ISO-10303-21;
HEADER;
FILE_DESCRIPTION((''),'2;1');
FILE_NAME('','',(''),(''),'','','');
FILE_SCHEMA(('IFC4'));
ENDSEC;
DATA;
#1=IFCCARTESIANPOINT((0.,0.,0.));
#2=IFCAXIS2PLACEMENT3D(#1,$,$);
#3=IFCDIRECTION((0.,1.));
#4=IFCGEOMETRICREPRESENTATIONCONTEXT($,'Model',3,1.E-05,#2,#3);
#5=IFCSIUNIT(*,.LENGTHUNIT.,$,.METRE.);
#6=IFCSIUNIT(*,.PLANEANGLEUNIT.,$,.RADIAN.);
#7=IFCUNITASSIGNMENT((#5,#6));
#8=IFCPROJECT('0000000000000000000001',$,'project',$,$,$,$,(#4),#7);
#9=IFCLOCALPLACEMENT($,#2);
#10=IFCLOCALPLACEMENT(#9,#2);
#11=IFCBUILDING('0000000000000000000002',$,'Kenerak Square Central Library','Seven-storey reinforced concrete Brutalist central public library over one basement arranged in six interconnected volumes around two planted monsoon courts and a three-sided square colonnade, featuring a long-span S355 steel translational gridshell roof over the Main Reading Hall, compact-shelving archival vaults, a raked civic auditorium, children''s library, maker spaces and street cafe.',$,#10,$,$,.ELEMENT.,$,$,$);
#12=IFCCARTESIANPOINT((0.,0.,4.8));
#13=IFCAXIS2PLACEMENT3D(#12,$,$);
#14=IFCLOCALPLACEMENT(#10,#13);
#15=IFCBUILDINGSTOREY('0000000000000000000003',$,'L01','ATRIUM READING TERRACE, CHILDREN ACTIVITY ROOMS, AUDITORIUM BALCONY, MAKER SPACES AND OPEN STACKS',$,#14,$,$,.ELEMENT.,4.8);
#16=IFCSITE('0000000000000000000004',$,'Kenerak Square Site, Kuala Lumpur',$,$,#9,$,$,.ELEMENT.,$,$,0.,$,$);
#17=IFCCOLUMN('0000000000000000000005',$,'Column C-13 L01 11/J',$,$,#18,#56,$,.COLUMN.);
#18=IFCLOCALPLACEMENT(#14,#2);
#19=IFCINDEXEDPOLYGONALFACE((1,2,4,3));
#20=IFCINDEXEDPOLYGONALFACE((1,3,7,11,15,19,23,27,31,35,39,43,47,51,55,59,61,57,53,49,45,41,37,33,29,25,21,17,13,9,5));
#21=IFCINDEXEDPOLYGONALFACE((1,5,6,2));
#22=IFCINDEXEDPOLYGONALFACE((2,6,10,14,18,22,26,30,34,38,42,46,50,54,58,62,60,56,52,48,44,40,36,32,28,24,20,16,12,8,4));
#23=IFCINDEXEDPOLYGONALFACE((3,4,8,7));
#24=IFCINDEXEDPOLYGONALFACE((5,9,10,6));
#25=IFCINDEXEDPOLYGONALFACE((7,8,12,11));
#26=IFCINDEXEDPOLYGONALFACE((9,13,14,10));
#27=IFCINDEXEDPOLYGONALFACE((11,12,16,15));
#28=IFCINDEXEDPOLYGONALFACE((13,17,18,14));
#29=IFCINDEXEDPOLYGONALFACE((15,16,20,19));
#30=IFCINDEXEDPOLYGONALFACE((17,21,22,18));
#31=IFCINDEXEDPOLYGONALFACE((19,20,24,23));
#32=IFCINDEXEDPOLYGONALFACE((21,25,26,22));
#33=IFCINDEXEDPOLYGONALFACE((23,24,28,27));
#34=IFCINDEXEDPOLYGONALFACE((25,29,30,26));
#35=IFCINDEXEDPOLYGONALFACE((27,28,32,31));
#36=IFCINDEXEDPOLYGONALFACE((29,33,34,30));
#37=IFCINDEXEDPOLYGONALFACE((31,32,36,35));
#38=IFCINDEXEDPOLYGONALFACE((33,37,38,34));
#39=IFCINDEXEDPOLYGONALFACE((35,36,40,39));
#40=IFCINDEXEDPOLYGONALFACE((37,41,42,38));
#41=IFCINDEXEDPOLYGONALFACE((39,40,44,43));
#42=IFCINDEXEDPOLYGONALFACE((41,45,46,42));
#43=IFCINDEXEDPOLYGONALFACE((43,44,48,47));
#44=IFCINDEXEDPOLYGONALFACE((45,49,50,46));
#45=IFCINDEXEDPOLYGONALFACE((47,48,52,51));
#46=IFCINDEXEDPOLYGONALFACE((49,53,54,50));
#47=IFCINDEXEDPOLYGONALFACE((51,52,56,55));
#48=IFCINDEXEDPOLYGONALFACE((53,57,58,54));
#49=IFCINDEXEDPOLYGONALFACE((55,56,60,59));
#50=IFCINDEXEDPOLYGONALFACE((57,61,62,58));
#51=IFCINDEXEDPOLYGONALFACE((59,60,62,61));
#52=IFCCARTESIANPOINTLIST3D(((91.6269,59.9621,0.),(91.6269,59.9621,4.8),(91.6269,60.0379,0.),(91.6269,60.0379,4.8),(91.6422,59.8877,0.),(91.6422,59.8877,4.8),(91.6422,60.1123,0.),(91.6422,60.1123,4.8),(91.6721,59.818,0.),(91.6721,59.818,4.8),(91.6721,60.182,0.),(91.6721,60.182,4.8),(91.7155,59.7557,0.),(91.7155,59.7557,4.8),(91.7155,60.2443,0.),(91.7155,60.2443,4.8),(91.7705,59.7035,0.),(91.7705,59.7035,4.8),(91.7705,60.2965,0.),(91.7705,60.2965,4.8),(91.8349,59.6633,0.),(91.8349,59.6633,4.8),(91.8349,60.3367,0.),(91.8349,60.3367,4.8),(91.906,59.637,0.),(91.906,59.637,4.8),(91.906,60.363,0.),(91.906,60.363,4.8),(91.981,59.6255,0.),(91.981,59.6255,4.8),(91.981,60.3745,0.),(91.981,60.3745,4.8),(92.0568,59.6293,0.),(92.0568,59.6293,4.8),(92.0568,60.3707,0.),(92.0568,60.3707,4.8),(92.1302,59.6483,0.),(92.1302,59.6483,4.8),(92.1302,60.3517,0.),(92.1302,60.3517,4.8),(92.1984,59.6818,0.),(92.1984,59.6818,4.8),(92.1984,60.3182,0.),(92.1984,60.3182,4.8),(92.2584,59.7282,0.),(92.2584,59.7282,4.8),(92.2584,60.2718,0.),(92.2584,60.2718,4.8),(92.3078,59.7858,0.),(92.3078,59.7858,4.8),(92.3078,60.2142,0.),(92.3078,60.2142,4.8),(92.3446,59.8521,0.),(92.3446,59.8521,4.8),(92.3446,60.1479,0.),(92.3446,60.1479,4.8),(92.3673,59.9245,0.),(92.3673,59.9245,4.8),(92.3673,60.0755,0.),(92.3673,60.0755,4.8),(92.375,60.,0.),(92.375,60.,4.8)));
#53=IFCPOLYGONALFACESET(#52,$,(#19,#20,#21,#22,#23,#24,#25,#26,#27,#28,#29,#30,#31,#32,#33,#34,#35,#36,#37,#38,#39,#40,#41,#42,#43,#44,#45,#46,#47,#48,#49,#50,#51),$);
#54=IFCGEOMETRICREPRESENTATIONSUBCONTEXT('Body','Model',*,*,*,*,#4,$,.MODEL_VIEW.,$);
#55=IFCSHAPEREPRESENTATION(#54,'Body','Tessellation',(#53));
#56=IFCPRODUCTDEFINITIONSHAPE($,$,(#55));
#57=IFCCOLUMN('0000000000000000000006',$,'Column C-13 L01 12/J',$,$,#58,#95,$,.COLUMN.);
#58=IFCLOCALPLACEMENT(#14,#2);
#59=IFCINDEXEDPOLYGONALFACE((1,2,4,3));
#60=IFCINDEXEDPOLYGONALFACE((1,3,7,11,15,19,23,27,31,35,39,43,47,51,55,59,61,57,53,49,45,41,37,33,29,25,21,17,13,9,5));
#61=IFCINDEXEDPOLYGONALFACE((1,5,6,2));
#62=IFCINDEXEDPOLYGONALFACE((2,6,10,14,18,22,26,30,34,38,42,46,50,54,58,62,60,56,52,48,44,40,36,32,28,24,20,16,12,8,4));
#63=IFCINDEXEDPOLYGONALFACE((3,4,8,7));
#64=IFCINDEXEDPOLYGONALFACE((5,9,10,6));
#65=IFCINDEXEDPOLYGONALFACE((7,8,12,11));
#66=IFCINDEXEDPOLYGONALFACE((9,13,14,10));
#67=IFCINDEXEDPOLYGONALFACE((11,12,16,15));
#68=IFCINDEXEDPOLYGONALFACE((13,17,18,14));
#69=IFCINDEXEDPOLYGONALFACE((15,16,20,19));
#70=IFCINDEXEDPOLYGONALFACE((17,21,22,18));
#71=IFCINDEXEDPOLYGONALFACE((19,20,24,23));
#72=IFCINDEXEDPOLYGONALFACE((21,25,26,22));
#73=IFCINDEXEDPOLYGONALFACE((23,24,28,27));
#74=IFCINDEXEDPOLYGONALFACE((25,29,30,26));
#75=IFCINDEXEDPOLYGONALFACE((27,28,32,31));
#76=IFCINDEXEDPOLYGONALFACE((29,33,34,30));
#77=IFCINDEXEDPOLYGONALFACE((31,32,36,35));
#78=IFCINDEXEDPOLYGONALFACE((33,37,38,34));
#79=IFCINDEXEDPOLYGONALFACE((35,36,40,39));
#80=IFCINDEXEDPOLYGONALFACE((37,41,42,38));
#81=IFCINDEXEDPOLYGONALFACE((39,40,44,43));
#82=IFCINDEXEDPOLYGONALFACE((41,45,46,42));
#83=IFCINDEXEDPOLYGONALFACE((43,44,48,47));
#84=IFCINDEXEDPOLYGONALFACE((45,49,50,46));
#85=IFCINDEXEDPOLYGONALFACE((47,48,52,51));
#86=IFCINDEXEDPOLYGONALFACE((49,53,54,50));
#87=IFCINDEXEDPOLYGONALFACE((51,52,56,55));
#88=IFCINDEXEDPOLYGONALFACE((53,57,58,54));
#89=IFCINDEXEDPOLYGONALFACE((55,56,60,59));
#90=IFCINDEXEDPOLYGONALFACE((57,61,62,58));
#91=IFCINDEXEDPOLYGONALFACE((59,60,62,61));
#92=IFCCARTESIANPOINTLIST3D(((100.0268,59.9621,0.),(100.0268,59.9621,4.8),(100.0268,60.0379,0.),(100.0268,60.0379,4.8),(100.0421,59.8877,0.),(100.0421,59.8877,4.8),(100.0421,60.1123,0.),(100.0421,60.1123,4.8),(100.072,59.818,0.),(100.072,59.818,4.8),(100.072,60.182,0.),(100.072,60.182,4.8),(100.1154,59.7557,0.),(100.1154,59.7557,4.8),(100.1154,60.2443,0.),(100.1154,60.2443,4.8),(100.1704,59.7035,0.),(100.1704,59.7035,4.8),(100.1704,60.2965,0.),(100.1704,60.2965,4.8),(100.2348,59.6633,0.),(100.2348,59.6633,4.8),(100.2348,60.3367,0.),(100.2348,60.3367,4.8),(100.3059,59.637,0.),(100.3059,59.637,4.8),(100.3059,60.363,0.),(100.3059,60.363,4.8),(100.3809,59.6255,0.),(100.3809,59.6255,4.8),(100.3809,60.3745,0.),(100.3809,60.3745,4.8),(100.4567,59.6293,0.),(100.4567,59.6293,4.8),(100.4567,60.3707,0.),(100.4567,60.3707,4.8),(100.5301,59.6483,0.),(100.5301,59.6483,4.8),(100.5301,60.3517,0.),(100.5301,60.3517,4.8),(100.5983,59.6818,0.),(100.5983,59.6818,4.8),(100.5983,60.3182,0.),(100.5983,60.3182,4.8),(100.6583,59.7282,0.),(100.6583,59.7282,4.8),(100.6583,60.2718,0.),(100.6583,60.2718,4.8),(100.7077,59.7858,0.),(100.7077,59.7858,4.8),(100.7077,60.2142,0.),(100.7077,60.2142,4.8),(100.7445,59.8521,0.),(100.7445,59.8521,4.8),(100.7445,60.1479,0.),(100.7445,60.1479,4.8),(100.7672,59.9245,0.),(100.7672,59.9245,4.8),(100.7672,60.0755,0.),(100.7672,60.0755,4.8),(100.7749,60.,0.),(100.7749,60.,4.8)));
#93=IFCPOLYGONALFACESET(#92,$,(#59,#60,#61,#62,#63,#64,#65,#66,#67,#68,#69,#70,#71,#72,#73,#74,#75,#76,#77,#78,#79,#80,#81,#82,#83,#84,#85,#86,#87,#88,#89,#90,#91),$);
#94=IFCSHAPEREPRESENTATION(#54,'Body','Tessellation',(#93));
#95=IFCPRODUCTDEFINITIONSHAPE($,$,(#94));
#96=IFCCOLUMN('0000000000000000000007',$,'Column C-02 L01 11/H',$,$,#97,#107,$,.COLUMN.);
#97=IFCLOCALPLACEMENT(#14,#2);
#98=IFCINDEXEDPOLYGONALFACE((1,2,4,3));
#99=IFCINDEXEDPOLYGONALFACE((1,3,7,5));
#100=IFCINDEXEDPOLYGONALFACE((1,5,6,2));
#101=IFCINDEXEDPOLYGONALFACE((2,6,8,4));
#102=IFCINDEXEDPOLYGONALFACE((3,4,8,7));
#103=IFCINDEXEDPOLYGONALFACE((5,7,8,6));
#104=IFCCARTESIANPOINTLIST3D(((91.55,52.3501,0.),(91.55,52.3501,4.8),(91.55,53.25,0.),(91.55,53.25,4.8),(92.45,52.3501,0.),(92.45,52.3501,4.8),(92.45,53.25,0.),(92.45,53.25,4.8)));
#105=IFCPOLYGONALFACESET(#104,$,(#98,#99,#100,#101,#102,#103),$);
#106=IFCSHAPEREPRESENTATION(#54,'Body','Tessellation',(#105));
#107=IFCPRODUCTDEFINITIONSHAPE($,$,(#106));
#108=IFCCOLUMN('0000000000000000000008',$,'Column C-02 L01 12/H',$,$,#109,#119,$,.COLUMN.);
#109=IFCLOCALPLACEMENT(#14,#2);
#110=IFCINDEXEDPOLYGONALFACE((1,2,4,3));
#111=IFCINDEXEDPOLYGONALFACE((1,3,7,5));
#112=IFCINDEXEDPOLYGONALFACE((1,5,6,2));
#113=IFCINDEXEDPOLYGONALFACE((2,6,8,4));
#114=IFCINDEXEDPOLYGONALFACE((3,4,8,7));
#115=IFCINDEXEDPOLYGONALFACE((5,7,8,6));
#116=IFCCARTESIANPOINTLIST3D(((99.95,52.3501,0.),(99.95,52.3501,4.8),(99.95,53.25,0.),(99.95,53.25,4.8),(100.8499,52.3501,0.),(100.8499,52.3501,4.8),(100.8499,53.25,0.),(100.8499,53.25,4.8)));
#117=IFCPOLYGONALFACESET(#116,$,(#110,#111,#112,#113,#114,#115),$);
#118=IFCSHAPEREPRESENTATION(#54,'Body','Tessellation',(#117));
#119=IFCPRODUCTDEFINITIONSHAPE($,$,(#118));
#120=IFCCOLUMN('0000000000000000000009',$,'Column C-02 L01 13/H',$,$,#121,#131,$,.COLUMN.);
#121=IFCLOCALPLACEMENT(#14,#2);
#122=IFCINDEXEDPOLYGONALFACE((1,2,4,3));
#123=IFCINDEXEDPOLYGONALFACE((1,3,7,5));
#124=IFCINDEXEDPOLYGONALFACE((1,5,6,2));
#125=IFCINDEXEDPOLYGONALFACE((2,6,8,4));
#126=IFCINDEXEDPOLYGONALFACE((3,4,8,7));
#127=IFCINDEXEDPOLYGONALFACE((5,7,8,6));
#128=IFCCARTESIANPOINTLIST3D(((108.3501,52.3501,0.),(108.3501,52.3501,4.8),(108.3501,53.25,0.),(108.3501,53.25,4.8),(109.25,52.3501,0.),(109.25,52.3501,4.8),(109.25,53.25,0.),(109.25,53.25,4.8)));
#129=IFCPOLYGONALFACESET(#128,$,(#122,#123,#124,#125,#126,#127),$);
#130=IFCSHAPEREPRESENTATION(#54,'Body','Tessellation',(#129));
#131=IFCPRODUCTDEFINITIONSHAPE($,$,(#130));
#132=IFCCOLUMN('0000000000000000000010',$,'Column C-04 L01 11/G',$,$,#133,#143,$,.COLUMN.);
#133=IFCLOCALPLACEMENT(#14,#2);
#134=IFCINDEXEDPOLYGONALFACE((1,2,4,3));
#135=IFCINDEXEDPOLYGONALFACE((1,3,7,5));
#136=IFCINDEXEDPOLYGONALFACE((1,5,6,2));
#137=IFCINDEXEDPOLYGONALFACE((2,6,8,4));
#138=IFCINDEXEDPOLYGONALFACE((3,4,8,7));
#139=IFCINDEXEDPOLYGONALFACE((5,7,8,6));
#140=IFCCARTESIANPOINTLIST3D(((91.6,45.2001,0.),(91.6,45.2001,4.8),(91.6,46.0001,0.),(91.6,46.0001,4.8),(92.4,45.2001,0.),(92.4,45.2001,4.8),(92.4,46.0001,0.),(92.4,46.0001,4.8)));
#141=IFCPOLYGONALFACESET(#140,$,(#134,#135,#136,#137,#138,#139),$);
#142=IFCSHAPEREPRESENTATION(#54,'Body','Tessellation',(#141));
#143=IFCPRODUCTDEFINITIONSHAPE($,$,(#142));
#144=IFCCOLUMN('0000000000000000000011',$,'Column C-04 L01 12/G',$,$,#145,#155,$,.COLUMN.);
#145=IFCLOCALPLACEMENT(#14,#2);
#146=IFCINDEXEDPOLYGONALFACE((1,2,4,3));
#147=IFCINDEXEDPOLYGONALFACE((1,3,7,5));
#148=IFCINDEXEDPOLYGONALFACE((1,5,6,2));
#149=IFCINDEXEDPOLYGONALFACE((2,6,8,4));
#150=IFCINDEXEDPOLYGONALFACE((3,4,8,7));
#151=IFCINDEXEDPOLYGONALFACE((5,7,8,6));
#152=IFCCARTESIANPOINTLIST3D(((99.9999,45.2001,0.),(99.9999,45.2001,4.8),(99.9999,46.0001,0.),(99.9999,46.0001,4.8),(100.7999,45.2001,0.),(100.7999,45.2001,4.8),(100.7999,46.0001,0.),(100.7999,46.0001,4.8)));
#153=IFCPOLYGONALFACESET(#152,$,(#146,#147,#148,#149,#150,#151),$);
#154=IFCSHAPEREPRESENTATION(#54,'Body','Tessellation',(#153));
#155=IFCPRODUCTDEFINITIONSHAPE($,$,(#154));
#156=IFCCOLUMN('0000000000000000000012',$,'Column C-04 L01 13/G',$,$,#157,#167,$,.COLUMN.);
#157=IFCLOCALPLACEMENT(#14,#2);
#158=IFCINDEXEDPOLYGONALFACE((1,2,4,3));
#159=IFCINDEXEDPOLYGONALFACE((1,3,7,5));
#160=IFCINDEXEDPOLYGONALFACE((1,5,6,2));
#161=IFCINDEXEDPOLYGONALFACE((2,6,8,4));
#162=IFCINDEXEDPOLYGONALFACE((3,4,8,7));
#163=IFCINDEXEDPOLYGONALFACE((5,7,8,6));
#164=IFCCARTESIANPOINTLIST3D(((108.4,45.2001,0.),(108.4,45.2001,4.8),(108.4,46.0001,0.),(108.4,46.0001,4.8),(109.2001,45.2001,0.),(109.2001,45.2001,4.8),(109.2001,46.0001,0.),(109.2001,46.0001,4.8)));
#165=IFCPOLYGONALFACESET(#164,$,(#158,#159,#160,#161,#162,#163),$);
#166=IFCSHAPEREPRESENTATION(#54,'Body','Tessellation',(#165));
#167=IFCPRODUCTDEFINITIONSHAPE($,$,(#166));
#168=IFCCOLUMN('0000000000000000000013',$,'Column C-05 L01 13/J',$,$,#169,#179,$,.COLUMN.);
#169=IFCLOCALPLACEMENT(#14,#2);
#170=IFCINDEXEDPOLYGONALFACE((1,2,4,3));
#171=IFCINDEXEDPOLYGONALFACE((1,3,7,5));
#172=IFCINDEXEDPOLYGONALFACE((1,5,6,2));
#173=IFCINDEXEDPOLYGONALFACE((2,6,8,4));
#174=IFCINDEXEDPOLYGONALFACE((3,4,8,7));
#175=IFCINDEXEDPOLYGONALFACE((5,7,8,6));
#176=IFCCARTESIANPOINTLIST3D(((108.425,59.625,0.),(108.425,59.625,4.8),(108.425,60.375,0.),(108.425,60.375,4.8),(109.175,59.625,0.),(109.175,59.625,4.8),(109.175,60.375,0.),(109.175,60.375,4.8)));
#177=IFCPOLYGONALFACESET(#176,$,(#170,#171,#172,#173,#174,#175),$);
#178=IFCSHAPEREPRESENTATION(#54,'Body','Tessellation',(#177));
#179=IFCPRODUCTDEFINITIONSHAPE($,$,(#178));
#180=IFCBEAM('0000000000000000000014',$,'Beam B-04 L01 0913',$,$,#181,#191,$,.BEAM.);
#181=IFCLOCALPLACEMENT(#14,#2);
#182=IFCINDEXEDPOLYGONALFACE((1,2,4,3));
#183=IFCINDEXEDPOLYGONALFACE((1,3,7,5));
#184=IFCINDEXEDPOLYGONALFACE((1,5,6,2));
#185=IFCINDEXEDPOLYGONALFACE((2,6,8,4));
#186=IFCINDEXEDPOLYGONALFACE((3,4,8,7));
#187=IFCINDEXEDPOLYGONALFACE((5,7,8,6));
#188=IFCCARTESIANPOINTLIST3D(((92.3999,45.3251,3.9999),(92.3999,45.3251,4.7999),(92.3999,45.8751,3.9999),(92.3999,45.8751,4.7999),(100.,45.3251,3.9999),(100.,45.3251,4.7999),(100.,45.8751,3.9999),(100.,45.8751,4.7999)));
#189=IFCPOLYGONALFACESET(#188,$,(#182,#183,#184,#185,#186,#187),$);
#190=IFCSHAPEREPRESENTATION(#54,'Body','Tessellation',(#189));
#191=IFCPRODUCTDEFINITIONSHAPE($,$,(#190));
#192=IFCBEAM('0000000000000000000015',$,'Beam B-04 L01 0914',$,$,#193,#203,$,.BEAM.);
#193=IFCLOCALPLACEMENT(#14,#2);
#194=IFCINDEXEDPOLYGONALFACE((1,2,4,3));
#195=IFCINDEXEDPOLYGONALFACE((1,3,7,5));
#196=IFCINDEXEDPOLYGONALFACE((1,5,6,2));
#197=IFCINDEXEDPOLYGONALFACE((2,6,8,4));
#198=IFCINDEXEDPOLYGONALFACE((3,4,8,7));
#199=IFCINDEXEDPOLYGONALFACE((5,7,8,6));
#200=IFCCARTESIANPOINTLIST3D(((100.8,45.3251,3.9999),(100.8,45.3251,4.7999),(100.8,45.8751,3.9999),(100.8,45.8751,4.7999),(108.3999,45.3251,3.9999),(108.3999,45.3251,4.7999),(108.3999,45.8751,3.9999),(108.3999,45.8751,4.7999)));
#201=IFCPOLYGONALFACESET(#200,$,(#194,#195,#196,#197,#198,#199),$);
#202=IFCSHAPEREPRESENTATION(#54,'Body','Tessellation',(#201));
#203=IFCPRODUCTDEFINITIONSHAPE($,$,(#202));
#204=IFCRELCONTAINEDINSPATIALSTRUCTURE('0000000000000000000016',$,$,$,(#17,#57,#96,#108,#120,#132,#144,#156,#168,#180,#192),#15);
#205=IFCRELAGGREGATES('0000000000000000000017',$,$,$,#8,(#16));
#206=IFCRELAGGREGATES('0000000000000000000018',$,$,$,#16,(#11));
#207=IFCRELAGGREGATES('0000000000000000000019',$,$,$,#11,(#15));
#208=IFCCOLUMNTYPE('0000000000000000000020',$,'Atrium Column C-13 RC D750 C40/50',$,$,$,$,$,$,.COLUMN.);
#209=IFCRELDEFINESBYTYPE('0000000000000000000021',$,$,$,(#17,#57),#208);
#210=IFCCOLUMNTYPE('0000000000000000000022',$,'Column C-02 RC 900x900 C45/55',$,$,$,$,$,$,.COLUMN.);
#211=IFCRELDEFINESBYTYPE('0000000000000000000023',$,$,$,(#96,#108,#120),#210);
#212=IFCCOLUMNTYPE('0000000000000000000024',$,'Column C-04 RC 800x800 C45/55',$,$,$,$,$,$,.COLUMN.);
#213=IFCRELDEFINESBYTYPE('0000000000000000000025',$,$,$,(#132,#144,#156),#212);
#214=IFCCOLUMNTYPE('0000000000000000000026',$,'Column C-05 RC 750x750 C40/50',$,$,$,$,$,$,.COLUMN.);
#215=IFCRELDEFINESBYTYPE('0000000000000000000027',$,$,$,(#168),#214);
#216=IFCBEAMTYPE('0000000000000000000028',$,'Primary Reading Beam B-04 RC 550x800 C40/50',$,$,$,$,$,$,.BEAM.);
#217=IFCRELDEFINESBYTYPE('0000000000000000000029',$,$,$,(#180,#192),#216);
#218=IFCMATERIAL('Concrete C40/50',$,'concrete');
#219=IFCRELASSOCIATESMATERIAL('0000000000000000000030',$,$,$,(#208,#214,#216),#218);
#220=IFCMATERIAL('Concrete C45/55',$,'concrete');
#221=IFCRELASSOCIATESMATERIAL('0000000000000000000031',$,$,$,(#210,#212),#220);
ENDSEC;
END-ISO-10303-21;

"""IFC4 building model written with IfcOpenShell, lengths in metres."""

from ifc_helpers import new_model, si_unit, direction, frame, origin, origin_2d, place, context, subcontext, project, spatial, rectangle, circle, extrude, material, material_profile, profile_set, type_object, element, save


model = new_model("IFC4")

# Units and contexts
model_context = context("Model", 3, precision=1e-05, world=origin(), true_north=direction((0.0, 1.0)))
body_context = subcontext(model_context, "Body", "Model", "MODEL_VIEW")
ifc_project = project(units=[si_unit("LENGTHUNIT", "METRE"), si_unit("PLANEANGLEUNIT", "RADIAN")], contexts=[model_context])

# Site, building, storey
site_placement = place(None, origin())
site = spatial("IfcSite", under=ifc_project, at=site_placement, Name="Kenerak Square Site, Kuala Lumpur", CompositionType="ELEMENT", RefElevation=0.0)
building_placement = place(site_placement, origin())
building = spatial("IfcBuilding", under=site, at=building_placement, Name="Kenerak Square Central Library", Description="Seven-storey reinforced concrete Brutalist central public library over one basement arranged in six interconnected volumes around two planted monsoon courts and a three-sided square colonnade, featuring a long-span S355 steel translational gridshell roof over the Main Reading Hall, compact-shelving archival vaults, a raked civic auditorium, children's library, maker spaces and street cafe.", CompositionType="ELEMENT")
storey_placement = place(building_placement, frame((0.0, 0.0, 4.8)))
storey = spatial("IfcBuildingStorey", under=building, at=storey_placement, Name="L01", Description="ATRIUM READING TERRACE, CHILDREN ACTIVITY ROOMS, AUDITORIUM BALCONY, MAKER SPACES AND OPEN STACKS", CompositionType="ELEMENT", Elevation=4.8)

# Columns
ifc_material_1 = material(Name="Concrete C40/50", Category="concrete")
ifc_material_profile_1 = material_profile(ifc_material_1, circle(Radius=0.375, at=origin_2d()), Name="RC D750")
ifc_profile_set_1 = profile_set([ifc_material_profile_1], Name="Concrete C40/50")
column_type_1 = type_object("IfcColumnType", Name="Atrium Column C-13 RC D750 C40/50", PredefinedType="COLUMN", material=ifc_profile_set_1)
for number, where, z_axis, x_axis, name in (
    (1, (92.0, 60.0, 0.0), (0.0, 0.0, 1.0), (1.0, 0.0, 0.0), "Column C-13 L01 11/J"),
    (2, (100.3999, 60.0, 0.0), (0.0, 0.0, 1.0), (1.0, 0.0, 0.0), "Column C-13 L01 12/J"),
):
    element("IfcColumn", number, at=place(storey_placement, frame(where, z_axis=z_axis, x_axis=x_axis)), inside=storey, type_object=column_type_1, Name=name, PredefinedType="COLUMN", context=body_context, shape_type="SweptSolid", body=[
        extrude(circle(Radius=0.375, at=origin_2d()), origin(), (0.0, 0.0, 1.0), 4.8),
    ])
ifc_material_2 = material(Name="Concrete C45/55", Category="concrete")
ifc_material_profile_2 = material_profile(ifc_material_2, rectangle(XDim=0.8999, YDim=0.8999, at=origin_2d()), Name="RC 900x900")
ifc_profile_set_2 = profile_set([ifc_material_profile_2], Name="Concrete C45/55")
column_type_2 = type_object("IfcColumnType", Name="Column C-02 RC 900x900 C45/55", PredefinedType="COLUMN", material=ifc_profile_set_2)
for number, where, z_axis, x_axis, name in (
    (3, (92.0, 52.8, 0.0), (0.0, 0.0, 1.0), (1.0, 0.0, 0.0), "Column C-02 L01 11/H"),
    (4, (100.3999, 52.8, 0.0), (0.0, 0.0, 1.0), (1.0, 0.0, 0.0), "Column C-02 L01 12/H"),
    (5, (108.8, 52.8, 0.0), (0.0, 0.0, 1.0), (1.0, 0.0, 0.0), "Column C-02 L01 13/H"),
):
    element("IfcColumn", number, at=place(storey_placement, frame(where, z_axis=z_axis, x_axis=x_axis)), inside=storey, type_object=column_type_2, Name=name, PredefinedType="COLUMN", context=body_context, shape_type="SweptSolid", body=[
        extrude(rectangle(XDim=0.8999, YDim=0.8999, at=origin_2d()), origin(), (0.0, 0.0, 1.0), 4.8),
    ])
ifc_material_profile_3 = material_profile(ifc_material_2, rectangle(XDim=0.8, YDim=0.8, at=origin_2d()), Name="RC 800x800")
ifc_profile_set_3 = profile_set([ifc_material_profile_3], Name="Concrete C45/55")
column_type_3 = type_object("IfcColumnType", Name="Column C-04 RC 800x800 C45/55", PredefinedType="COLUMN", material=ifc_profile_set_3)
for number, where, z_axis, x_axis, name in (
    (6, (92.0, 45.6001, 0.0), (0.0, 0.0, 1.0), (1.0, 0.0, 0.0), "Column C-04 L01 11/G"),
    (7, (100.3999, 45.6001, 0.0), (0.0, 0.0, 1.0), (1.0, 0.0, 0.0), "Column C-04 L01 12/G"),
    (8, (108.8, 45.6001, 0.0), (0.0, 0.0, 1.0), (1.0, 0.0, 0.0), "Column C-04 L01 13/G"),
):
    element("IfcColumn", number, at=place(storey_placement, frame(where, z_axis=z_axis, x_axis=x_axis)), inside=storey, type_object=column_type_3, Name=name, PredefinedType="COLUMN", context=body_context, shape_type="SweptSolid", body=[
        extrude(rectangle(XDim=0.8, YDim=0.8, at=origin_2d()), origin(), (0.0, 0.0, 1.0), 4.8),
    ])
ifc_material_profile_4 = material_profile(ifc_material_1, rectangle(XDim=0.75, YDim=0.75, at=origin_2d()), Name="RC 750x750")
ifc_profile_set_4 = profile_set([ifc_material_profile_4], Name="Concrete C40/50")
column_type_4 = type_object("IfcColumnType", Name="Column C-05 RC 750x750 C40/50", PredefinedType="COLUMN", material=ifc_profile_set_4)
column_placement = place(storey_placement, frame((108.8, 60.0, 0.0), z_axis=(0.0, 0.0, 1.0), x_axis=(1.0, 0.0, 0.0)))
element("IfcColumn", 9, at=column_placement, inside=storey, type_object=column_type_4, Name="Column C-05 L01 13/J", PredefinedType="COLUMN", context=body_context, shape_type="SweptSolid", body=[
    extrude(rectangle(XDim=0.75, YDim=0.75, at=origin_2d()), origin(), (0.0, 0.0, 1.0), 4.8),
])

# Beams
ifc_material_profile_5 = material_profile(ifc_material_1, rectangle(XDim=0.55, YDim=0.8, at=origin_2d()), Name="RC 550x800")
ifc_profile_set_5 = profile_set([ifc_material_profile_5], Name="Concrete C40/50")
beam_type_1 = type_object("IfcBeamType", Name="Primary Reading Beam B-04 RC 550x800 C40/50", PredefinedType="BEAM", material=ifc_profile_set_5)
beam_1_placement = place(storey_placement, frame((92.3999, 45.6001, 4.3999), z_axis=(1.0, 0.0, 0.0), x_axis=(0.0, 1.0, 0.0)))
element("IfcBeam", 10, at=beam_1_placement, inside=storey, type_object=beam_type_1, Name="Beam B-04 L01 0913", PredefinedType="BEAM", context=body_context, shape_type="SweptSolid", body=[
    extrude(rectangle(XDim=0.55, YDim=0.8, at=origin_2d()), origin(), (0.0, 0.0, 1.0), 7.6001),
])
beam_2_placement = place(storey_placement, frame((100.8, 45.6001, 4.3999), z_axis=(1.0, 0.0, 0.0), x_axis=(0.0, 1.0, 0.0)))
element("IfcBeam", 11, at=beam_2_placement, inside=storey, type_object=beam_type_1, Name="Beam B-04 L01 0914", PredefinedType="BEAM", context=body_context, shape_type="SweptSolid", body=[
    extrude(rectangle(XDim=0.55, YDim=0.8, at=origin_2d()), origin(), (0.0, 0.0, 1.0), 7.5999),
])

save(model, "model.ifc")
